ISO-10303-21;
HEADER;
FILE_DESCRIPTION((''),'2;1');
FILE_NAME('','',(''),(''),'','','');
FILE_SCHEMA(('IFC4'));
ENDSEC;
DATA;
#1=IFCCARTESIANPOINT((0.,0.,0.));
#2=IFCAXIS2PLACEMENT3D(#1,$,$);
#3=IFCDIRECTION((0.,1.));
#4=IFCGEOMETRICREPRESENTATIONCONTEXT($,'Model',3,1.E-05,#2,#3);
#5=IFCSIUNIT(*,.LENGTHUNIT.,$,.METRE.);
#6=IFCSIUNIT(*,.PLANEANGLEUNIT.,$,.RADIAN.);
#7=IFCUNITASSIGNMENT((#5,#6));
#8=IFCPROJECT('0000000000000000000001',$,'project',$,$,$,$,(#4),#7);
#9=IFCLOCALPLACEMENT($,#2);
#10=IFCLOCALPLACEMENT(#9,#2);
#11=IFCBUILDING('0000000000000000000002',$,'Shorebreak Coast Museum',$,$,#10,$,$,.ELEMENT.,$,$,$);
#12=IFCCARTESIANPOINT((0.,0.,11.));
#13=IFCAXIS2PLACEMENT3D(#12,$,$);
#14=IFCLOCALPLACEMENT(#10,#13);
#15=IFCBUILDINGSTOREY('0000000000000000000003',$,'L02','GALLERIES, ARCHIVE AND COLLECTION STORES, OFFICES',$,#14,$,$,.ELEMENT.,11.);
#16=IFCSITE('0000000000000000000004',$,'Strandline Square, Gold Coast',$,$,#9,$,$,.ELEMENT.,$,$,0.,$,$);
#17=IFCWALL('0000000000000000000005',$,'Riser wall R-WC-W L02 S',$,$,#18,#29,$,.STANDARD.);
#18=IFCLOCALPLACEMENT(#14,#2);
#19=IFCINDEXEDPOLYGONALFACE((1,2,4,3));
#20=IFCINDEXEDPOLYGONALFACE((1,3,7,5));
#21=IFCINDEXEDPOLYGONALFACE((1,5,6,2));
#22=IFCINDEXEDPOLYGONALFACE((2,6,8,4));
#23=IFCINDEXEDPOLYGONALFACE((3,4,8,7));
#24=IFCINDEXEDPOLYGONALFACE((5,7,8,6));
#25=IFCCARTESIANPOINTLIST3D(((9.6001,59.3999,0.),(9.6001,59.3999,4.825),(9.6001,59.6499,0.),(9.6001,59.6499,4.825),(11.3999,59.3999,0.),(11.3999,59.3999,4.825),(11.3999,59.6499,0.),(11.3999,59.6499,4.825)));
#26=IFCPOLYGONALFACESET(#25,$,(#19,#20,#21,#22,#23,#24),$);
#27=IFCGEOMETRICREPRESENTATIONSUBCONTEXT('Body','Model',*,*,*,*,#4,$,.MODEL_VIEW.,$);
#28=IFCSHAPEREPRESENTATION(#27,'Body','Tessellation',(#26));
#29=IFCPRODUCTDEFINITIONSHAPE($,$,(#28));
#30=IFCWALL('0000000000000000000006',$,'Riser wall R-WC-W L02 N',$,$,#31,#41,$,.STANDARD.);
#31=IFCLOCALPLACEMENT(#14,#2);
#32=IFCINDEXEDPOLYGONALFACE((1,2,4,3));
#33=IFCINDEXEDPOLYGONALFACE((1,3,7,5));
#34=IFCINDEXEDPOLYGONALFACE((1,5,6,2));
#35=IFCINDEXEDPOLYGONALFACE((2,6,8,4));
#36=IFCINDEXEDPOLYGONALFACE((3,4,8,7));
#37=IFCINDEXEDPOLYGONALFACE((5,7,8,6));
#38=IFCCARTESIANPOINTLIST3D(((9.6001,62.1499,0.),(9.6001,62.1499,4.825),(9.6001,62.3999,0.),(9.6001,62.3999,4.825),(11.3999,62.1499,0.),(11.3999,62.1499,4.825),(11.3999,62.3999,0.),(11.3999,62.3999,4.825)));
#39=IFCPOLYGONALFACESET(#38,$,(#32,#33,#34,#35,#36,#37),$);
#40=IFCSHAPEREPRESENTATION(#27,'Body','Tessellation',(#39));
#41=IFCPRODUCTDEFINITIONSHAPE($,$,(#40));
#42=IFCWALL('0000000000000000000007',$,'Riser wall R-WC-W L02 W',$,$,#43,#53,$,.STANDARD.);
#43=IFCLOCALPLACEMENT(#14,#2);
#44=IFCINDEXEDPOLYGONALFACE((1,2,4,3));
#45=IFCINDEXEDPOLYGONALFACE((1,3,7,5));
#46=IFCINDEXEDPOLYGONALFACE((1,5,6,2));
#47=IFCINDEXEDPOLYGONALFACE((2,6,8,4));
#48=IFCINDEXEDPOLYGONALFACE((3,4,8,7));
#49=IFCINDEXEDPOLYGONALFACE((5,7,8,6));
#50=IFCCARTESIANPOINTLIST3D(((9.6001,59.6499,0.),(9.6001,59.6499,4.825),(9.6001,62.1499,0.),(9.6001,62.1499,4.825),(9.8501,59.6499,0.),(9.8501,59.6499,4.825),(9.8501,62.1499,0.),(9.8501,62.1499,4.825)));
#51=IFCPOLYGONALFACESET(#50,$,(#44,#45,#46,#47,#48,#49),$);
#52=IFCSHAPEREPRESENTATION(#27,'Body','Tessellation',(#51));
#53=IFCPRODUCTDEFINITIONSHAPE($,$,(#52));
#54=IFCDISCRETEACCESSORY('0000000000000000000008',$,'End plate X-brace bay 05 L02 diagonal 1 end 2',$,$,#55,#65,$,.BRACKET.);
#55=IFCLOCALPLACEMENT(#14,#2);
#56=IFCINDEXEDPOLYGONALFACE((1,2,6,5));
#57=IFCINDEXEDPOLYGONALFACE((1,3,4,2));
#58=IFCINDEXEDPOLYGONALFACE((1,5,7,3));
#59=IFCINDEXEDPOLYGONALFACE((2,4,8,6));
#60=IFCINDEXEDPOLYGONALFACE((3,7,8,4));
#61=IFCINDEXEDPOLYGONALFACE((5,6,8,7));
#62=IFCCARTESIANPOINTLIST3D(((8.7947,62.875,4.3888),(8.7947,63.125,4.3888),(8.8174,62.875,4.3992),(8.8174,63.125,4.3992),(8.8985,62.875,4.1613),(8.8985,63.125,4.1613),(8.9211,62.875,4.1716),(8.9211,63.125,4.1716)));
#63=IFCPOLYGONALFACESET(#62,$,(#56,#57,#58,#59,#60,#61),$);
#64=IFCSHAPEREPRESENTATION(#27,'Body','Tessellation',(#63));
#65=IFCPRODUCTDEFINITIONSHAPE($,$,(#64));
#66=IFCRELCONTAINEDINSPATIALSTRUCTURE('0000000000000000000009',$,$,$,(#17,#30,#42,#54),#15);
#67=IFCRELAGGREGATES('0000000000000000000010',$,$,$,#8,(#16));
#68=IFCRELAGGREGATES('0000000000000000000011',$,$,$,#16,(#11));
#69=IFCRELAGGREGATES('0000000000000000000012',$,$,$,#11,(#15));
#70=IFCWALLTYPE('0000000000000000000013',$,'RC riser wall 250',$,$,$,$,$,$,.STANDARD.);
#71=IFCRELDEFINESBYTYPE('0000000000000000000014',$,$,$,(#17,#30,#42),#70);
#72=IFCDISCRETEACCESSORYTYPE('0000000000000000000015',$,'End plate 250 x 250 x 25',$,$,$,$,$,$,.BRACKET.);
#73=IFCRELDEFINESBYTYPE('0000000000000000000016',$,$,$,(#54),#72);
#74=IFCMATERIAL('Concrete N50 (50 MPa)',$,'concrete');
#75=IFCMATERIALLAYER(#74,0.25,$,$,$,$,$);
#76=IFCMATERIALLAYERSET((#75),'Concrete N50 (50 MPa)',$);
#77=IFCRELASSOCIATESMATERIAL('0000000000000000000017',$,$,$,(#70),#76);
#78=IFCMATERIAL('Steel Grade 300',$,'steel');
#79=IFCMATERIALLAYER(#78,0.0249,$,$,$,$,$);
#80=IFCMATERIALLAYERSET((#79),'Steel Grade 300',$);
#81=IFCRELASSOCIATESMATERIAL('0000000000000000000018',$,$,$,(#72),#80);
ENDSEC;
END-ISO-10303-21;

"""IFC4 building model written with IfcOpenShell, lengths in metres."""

from ifc_helpers import new_model, si_unit, direction, frame, frame_2d, origin, place, context, subcontext, project, spatial, polyline, rectangle, outline, extrude, material, layer, layer_set, type_object, element, save


model = new_model("IFC4")

# Units and contexts
model_context = context("Model", 3, precision=1e-05, world=origin(), true_north=direction((0.0, 1.0)))
body_context = subcontext(model_context, "Body", "Model", "MODEL_VIEW")
ifc_project = project(units=[si_unit("LENGTHUNIT", "METRE"), si_unit("PLANEANGLEUNIT", "RADIAN")], contexts=[model_context])

# Site, building, storey
site_placement = place(None, origin())
site = spatial("IfcSite", under=ifc_project, at=site_placement, Name="Strandline Square, Gold Coast", CompositionType="ELEMENT", RefElevation=0.0)
building_placement = place(site_placement, origin())
building = spatial("IfcBuilding", under=site, at=building_placement, Name="Shorebreak Coast Museum", CompositionType="ELEMENT")
storey_placement = place(building_placement, frame((0.0, 0.0, 11.0)))
storey = spatial("IfcBuildingStorey", under=building, at=storey_placement, Name="L02", Description="GALLERIES, ARCHIVE AND COLLECTION STORES, OFFICES", CompositionType="ELEMENT", Elevation=11.0)

# Walls
ifc_material_1 = material(Name="Concrete N50 (50 MPa)", Category="concrete")
ifc_layer_1 = layer(ifc_material_1, 0.25)
ifc_layer_set_1 = layer_set([ifc_layer_1], Name="Concrete N50 (50 MPa)")
wall_type_1 = type_object("IfcWallType", Name="RC riser wall 250", PredefinedType="STANDARD", material=ifc_layer_set_1)
for number, where, z_axis, x_axis, name in (
    (1, (9.6001, 59.5249, 0.0), (0.0, 0.0, 1.0), (1.0, 0.0, 0.0), "Riser wall R-WC-W L02 S"),
    (2, (9.6001, 62.2749, 0.0), (0.0, 0.0, 1.0), (1.0, 0.0, 0.0), "Riser wall R-WC-W L02 N"),
):
    element("IfcWall", number, at=place(storey_placement, frame(where, z_axis=z_axis, x_axis=x_axis)), inside=storey, type_object=wall_type_1, Name=name, PredefinedType="STANDARD", context=body_context, shape_type="SweptSolid", body=[
        extrude(rectangle(XDim=1.7998, YDim=0.25, at=frame_2d((0.8999, 0.0))), origin(), (0.0, 0.0, 1.0), 4.825),
    ])
wall_1_placement = place(storey_placement, frame((9.7251, 59.6499, 0.0), z_axis=(0.0, 0.0, 1.0), x_axis=(0.0, 1.0, 0.0)))
element("IfcWall", 3, at=wall_1_placement, inside=storey, type_object=wall_type_1, Name="Riser wall R-WC-W L02 W", PredefinedType="STANDARD", context=body_context, shape_type="SweptSolid", body=[
    extrude(rectangle(XDim=2.5, YDim=0.25, at=frame_2d((1.25, 0.0))), origin(), (0.0, 0.0, 1.0), 4.825),
])

# Discrete accessory
ifc_material_2 = material(Name="Steel Grade 300", Category="steel")
ifc_layer_2 = layer(ifc_material_2, 0.0249)
ifc_layer_set_2 = layer_set([ifc_layer_2], Name="Steel Grade 300")
discrete_accessory_type = type_object("IfcDiscreteAccessoryType", Name="End plate 250 x 250 x 25", PredefinedType="BRACKET", material=ifc_layer_set_2)
discrete_accessory_placement = place(storey_placement, frame((8.9211, 62.875, 4.1716), z_axis=(0.909864, 0.0, 0.414906), x_axis=(0.0, 1.0, 0.0)))
element("IfcDiscreteAccessory", 4, at=discrete_accessory_placement, inside=storey, type_object=discrete_accessory_type, Name="End plate X-brace bay 05 L02 diagonal 1 end 2", PredefinedType="BRACKET", context=body_context, shape_type="SweptSolid", body=[
    extrude(outline(polyline([(0.0, 0.0), (0.25, 0.0), (0.25, 0.2501), (0.0, 0.2501), (0.0, 0.0)])), origin(), (0.0, 0.0, -1.0), 0.0249),
])

save(model, "model.ifc")
